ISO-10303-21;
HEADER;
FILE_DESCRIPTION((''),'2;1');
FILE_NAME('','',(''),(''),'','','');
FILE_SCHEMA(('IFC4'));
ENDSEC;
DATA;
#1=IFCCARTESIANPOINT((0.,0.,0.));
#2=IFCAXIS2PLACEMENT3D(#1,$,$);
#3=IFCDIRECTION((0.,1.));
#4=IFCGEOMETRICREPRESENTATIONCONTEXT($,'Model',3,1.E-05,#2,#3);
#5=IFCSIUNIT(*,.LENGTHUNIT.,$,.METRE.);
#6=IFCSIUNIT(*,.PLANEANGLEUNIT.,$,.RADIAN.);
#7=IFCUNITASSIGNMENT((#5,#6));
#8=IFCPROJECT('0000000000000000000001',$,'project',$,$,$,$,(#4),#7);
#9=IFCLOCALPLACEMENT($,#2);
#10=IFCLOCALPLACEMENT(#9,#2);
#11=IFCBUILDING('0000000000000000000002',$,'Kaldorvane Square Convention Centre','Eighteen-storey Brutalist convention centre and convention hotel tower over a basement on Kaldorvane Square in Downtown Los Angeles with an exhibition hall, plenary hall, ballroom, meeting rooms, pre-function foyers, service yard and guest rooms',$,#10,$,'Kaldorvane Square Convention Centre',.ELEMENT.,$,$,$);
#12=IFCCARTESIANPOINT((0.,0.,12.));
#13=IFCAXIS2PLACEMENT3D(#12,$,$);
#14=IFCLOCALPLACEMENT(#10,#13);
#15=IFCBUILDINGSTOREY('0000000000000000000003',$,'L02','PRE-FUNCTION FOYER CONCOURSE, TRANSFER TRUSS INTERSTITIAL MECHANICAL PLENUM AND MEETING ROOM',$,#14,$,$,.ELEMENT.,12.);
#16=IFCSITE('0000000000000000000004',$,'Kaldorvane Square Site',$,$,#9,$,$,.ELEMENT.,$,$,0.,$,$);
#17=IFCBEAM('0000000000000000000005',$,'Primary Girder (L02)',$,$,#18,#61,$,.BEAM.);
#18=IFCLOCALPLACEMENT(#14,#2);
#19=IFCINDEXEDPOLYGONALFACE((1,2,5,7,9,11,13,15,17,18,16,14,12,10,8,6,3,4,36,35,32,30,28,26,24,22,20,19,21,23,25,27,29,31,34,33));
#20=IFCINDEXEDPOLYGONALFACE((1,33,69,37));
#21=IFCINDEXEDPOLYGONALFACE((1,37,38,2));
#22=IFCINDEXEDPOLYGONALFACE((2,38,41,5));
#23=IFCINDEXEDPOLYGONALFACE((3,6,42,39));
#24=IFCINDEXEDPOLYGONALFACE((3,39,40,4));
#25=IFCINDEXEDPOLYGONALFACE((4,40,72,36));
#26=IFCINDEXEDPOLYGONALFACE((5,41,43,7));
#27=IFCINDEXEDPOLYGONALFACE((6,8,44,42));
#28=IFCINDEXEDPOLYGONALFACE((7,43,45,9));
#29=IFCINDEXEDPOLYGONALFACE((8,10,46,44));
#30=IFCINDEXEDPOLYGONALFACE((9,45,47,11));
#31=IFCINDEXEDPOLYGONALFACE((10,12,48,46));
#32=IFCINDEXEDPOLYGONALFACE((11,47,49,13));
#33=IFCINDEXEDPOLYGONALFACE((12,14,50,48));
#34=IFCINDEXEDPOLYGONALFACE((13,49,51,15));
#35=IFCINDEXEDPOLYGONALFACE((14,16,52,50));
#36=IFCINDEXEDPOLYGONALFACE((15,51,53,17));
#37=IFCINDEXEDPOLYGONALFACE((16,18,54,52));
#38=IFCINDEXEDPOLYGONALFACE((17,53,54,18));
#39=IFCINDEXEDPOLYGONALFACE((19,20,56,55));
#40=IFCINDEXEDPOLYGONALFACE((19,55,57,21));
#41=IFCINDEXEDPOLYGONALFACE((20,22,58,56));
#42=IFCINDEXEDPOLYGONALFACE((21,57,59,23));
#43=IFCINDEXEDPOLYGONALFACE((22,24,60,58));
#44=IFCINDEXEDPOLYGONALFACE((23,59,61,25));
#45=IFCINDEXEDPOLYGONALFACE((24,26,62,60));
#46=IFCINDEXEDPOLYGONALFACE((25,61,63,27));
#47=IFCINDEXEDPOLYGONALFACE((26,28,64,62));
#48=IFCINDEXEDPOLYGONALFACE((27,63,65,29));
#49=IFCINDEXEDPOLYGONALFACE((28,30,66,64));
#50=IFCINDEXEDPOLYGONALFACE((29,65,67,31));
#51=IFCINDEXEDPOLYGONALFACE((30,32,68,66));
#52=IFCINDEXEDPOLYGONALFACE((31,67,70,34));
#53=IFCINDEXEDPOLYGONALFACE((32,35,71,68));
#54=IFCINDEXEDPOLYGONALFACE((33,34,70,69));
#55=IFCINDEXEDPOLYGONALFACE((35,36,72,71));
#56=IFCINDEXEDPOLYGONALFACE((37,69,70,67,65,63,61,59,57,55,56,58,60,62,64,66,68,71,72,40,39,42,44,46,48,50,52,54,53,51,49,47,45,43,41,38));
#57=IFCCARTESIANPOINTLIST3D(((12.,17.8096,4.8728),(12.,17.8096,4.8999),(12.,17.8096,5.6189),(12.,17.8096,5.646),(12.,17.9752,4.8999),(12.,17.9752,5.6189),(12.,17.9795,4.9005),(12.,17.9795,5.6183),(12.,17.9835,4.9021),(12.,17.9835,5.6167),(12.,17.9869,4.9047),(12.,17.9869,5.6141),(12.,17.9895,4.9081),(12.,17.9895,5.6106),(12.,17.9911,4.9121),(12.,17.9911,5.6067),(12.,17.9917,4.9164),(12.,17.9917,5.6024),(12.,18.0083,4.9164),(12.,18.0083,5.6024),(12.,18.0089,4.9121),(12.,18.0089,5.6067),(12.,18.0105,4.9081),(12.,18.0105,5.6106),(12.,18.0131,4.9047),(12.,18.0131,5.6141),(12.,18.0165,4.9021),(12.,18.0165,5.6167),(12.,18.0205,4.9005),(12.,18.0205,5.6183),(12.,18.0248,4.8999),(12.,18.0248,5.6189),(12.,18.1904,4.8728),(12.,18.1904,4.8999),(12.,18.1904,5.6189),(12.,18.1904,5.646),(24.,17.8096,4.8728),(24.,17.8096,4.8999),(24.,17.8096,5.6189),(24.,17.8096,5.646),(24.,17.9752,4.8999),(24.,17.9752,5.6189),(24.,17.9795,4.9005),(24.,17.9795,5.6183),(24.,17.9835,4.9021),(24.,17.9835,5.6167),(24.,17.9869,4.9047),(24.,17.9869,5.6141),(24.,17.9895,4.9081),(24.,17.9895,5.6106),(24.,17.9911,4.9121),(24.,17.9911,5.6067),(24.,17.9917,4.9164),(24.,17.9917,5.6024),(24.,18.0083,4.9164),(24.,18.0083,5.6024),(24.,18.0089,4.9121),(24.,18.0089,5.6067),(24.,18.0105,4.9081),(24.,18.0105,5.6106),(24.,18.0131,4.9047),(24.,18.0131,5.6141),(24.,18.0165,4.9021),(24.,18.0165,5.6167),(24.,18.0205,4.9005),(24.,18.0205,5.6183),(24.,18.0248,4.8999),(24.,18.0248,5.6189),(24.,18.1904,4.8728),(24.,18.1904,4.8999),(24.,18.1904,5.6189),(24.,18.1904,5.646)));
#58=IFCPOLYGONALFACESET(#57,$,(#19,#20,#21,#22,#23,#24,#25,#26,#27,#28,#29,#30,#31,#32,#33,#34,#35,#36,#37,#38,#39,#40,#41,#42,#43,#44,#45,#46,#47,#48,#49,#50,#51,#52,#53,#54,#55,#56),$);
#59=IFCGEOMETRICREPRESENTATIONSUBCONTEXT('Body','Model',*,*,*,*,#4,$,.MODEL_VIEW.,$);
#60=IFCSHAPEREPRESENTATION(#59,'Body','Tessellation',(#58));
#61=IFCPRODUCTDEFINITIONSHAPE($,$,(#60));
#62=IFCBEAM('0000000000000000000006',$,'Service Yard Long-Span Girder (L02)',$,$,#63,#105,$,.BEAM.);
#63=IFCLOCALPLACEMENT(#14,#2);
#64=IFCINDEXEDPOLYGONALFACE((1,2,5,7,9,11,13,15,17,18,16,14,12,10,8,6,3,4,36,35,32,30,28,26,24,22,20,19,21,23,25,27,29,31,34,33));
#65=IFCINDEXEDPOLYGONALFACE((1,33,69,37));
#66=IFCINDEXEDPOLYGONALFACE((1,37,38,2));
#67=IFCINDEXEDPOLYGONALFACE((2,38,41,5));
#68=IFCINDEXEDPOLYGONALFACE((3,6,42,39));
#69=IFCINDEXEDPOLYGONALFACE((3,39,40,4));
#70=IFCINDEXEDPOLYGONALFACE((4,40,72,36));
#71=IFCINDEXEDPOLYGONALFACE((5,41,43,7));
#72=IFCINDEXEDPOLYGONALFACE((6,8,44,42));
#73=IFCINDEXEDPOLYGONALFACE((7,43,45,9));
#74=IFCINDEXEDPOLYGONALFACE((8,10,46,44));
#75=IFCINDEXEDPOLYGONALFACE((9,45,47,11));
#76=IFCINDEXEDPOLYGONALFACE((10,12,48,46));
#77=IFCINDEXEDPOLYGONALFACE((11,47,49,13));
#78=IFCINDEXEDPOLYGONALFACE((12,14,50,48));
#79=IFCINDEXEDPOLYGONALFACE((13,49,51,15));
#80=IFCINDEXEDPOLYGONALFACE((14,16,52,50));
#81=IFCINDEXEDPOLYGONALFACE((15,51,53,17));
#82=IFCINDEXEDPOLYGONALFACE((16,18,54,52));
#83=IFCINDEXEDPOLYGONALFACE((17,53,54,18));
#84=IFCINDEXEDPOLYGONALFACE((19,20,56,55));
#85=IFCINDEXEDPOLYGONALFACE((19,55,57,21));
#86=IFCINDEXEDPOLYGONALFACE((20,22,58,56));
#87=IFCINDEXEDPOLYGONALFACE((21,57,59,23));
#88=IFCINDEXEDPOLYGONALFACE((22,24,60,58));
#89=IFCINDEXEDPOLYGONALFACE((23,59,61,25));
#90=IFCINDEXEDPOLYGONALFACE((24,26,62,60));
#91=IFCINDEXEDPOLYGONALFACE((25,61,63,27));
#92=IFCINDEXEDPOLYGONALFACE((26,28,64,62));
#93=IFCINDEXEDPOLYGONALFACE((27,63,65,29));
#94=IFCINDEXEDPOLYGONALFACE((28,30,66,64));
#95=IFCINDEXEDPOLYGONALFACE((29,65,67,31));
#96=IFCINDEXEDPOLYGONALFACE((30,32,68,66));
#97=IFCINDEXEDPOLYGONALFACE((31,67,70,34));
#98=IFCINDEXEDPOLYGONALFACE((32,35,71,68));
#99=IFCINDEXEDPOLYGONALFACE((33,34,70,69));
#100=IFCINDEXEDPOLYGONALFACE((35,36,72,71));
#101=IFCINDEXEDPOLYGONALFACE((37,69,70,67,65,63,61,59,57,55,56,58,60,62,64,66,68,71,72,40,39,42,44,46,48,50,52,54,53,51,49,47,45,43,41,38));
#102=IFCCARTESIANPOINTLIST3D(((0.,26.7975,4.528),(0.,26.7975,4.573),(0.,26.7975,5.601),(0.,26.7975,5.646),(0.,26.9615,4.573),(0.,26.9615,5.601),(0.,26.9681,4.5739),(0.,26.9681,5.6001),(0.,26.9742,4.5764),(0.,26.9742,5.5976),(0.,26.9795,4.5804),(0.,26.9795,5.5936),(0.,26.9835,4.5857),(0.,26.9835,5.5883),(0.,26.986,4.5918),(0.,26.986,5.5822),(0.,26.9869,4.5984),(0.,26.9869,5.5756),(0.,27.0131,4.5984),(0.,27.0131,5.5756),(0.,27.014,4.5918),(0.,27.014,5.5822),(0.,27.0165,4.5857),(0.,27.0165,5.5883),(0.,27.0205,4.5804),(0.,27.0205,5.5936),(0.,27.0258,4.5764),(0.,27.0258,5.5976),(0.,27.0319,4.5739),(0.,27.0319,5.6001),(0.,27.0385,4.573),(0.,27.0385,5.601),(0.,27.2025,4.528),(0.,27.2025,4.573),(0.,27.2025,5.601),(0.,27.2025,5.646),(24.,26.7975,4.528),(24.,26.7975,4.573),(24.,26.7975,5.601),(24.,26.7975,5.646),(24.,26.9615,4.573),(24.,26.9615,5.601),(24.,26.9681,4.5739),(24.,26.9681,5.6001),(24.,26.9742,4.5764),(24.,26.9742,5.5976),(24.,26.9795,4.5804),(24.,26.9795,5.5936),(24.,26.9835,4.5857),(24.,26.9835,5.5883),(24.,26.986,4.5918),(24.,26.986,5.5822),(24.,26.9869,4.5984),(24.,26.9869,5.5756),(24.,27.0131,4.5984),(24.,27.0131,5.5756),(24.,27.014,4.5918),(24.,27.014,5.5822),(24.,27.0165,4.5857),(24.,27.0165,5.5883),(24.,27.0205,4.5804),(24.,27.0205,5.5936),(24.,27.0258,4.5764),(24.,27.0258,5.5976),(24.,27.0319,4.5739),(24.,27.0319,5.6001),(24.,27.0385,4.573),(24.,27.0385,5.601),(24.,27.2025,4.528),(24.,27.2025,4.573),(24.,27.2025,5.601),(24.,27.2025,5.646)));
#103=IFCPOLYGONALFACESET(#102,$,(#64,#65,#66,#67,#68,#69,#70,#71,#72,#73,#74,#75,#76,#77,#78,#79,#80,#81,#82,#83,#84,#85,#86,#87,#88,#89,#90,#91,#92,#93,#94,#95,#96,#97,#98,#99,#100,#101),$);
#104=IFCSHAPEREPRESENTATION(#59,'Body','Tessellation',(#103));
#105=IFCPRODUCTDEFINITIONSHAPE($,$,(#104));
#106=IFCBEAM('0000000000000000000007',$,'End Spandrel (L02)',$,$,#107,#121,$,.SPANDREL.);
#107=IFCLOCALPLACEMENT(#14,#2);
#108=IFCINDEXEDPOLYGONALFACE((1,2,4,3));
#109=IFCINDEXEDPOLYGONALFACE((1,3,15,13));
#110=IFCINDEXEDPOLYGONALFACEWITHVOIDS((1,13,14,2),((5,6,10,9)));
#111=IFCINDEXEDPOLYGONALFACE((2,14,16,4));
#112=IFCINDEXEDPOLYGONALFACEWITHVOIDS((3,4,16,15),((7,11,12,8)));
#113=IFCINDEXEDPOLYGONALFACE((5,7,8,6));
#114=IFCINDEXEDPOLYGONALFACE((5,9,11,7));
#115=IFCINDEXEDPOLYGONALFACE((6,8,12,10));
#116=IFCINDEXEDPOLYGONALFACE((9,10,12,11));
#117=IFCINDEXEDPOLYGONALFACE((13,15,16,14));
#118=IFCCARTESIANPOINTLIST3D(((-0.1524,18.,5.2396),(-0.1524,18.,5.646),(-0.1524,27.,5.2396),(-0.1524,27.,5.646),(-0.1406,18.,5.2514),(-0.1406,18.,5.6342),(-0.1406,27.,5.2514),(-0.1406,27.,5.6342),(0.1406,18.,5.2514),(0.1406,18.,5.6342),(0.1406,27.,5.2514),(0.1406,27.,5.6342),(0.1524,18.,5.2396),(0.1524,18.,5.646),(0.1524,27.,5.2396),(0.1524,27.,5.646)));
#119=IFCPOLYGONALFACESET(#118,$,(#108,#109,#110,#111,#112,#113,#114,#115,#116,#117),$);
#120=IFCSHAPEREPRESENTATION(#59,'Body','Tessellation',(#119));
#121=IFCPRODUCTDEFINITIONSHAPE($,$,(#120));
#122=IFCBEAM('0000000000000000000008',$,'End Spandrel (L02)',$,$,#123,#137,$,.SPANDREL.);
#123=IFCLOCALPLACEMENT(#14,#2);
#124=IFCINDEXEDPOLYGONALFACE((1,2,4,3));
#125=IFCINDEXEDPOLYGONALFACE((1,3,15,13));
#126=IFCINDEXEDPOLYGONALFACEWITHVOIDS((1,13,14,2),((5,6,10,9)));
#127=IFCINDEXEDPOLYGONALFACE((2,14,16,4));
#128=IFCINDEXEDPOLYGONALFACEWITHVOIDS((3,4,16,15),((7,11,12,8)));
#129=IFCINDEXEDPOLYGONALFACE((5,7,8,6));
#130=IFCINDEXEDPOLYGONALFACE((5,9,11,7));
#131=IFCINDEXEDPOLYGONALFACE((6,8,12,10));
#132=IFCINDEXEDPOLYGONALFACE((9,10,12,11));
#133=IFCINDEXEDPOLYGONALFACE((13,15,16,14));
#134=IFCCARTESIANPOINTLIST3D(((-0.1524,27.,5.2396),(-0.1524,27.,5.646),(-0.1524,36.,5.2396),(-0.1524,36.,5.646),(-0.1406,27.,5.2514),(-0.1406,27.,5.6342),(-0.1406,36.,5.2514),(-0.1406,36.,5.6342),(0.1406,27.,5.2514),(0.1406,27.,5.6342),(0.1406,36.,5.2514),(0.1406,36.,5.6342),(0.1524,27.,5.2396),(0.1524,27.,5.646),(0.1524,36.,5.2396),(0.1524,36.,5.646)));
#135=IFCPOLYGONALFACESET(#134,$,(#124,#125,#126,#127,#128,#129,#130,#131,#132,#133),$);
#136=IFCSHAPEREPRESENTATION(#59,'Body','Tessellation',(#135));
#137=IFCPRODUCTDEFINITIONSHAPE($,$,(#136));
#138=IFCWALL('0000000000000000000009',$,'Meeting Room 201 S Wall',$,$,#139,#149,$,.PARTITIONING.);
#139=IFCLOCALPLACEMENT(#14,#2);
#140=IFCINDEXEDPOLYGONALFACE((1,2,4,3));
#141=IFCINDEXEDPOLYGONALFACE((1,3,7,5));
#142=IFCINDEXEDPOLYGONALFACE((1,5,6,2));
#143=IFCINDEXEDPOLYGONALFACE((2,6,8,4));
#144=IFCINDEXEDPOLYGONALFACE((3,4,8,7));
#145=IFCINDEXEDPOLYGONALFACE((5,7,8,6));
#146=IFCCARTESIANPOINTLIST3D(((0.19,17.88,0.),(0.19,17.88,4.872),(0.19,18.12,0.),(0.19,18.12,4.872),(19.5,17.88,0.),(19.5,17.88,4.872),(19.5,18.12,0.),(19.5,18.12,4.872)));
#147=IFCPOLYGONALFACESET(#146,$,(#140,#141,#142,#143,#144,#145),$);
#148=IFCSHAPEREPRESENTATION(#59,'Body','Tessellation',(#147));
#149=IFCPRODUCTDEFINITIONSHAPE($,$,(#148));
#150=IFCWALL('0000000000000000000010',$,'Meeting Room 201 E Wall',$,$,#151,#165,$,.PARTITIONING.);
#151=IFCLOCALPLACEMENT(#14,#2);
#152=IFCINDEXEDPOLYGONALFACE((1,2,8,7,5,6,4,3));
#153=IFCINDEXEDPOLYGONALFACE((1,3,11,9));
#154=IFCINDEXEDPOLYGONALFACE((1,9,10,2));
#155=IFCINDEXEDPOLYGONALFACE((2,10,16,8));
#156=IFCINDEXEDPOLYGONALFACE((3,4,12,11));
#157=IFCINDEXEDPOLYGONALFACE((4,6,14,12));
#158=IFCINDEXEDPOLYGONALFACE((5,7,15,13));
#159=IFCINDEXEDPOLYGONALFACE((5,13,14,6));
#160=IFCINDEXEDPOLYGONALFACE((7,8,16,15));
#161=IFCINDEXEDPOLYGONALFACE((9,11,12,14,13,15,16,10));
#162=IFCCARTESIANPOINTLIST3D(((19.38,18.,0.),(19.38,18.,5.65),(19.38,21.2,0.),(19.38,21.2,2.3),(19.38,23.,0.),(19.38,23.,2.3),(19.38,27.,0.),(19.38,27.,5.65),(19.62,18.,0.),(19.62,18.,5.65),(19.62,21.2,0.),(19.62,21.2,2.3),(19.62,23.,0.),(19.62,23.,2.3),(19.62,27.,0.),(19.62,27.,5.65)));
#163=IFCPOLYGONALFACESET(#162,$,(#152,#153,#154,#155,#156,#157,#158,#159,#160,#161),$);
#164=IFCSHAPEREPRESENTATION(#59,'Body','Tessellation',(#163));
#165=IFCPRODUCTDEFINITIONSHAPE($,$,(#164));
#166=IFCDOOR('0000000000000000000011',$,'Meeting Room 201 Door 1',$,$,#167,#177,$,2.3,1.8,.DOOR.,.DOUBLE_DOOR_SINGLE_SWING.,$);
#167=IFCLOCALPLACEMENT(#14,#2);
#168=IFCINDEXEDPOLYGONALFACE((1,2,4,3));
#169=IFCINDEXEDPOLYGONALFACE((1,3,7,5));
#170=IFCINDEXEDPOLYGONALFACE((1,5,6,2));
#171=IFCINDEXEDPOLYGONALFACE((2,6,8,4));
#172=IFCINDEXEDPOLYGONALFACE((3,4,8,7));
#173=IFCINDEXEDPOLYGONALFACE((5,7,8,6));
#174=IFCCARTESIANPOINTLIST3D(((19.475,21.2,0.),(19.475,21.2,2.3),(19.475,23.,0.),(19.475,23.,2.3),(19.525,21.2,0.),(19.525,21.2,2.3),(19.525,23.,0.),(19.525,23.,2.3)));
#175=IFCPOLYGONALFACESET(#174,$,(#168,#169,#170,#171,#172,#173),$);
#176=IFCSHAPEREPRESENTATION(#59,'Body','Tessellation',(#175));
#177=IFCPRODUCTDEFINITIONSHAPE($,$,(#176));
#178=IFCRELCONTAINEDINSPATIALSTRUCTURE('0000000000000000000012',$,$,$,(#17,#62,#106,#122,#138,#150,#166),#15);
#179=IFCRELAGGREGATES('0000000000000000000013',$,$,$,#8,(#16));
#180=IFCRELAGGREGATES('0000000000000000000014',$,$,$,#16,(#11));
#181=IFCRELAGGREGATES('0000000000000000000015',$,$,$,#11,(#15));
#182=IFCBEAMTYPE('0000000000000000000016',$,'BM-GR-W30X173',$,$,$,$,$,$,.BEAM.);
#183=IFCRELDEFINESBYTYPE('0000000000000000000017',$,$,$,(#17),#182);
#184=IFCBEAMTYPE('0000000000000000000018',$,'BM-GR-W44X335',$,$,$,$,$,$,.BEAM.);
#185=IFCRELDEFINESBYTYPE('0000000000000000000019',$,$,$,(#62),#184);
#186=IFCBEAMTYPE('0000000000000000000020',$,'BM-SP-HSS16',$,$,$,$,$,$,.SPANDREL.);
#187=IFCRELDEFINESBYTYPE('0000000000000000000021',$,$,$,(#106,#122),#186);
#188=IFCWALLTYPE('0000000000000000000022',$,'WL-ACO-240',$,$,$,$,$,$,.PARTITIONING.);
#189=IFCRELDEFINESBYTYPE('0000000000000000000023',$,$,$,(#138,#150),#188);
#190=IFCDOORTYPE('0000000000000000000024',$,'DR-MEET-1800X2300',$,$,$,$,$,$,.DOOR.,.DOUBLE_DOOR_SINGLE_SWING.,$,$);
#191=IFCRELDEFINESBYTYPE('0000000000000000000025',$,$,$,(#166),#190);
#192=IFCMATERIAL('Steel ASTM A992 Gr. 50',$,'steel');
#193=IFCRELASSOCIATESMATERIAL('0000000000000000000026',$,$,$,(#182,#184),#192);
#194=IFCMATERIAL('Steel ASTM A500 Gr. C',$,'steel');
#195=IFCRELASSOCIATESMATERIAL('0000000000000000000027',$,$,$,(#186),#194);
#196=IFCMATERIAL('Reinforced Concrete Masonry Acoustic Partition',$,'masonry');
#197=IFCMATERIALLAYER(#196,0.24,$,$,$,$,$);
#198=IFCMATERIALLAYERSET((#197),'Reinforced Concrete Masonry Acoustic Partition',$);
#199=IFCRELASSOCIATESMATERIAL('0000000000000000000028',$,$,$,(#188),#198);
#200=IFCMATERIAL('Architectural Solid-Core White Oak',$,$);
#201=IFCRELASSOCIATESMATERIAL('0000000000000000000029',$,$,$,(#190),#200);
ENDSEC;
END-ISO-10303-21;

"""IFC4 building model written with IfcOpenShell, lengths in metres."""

from ifc_helpers import new_model, si_unit, direction, frame, frame_2d, origin, origin_2d, place, context, subcontext, project, spatial, rectangle, hollow_rectangle, i_section, extrude, material, layer, layer_set, material_profile, profile_set, type_object, element, fill, save


model = new_model("IFC4")

# Units and contexts
model_context = context("Model", 3, precision=1e-05, world=origin(), true_north=direction((0.0, 1.0)))
body_context = subcontext(model_context, "Body", "Model", "MODEL_VIEW")
ifc_project = project(units=[si_unit("LENGTHUNIT", "METRE"), si_unit("PLANEANGLEUNIT", "RADIAN")], contexts=[model_context])

# Site, building, storey
site_placement = place(None, origin())
site = spatial("IfcSite", under=ifc_project, at=site_placement, Name="Kaldorvane Square Site", CompositionType="ELEMENT", RefElevation=0.0)
building_placement = place(site_placement, origin())
building = spatial("IfcBuilding", under=site, at=building_placement, Name="Kaldorvane Square Convention Centre", Description="Eighteen-storey Brutalist convention centre and convention hotel tower over a basement on Kaldorvane Square in Downtown Los Angeles with an exhibition hall, plenary hall, ballroom, meeting rooms, pre-function foyers, service yard and guest rooms", LongName="Kaldorvane Square Convention Centre", CompositionType="ELEMENT")
storey_placement = place(building_placement, frame((0.0, 0.0, 12.0)))
storey = spatial("IfcBuildingStorey", under=building, at=storey_placement, Name="L02", Description="PRE-FUNCTION FOYER CONCOURSE, TRANSFER TRUSS INTERSTITIAL MECHANICAL PLENUM AND MEETING ROOM", CompositionType="ELEMENT", Elevation=12.0)

# Shared definitions
ifc_material_1 = material(Name="Steel ASTM A500 Gr. C", Category="steel")
ifc_material_2 = material(Name="Steel ASTM A992 Gr. 50", Category="steel")

# Beams
ifc_material_profile_1 = material_profile(ifc_material_2, i_section(OverallWidth=0.3807, OverallDepth=0.7732, WebThickness=0.0166, FlangeThickness=0.0271, FilletRadius=0.0165, at=origin_2d()), Name="W30X173")
ifc_profile_set_1 = profile_set([ifc_material_profile_1], Name="Steel ASTM A992 Gr. 50")
beam_type_1 = type_object("IfcBeamType", Name="BM-GR-W30X173", PredefinedType="BEAM", material=ifc_profile_set_1)
beam_1_placement = place(storey_placement, frame((12.0, 18.0, 5.2594), z_axis=(1.0, 0.0, 0.0), x_axis=(0.0, 1.0, 0.0)))
element("IfcBeam", 1, at=beam_1_placement, inside=storey, type_object=beam_type_1, Name="Primary Girder (L02)", PredefinedType="BEAM", context=body_context, shape_type="SweptSolid", body=[
    extrude(i_section(OverallWidth=0.3807, OverallDepth=0.7732, WebThickness=0.0166, FlangeThickness=0.0271, FilletRadius=0.0165, at=origin_2d()), origin(), (0.0, 0.0, 1.0), 12.0),
])
ifc_material_profile_2 = material_profile(ifc_material_2, i_section(OverallWidth=0.405, OverallDepth=1.118, WebThickness=0.0262, FlangeThickness=0.045, FilletRadius=0.0254, at=origin_2d()), Name="W44X335")
ifc_profile_set_2 = profile_set([ifc_material_profile_2], Name="Steel ASTM A992 Gr. 50")
beam_type_2 = type_object("IfcBeamType", Name="BM-GR-W44X335", PredefinedType="BEAM", material=ifc_profile_set_2)
beam_2_placement = place(storey_placement, frame((0.0, 27.0, 5.087), z_axis=(1.0, 0.0, 0.0), x_axis=(0.0, 1.0, 0.0)))
element("IfcBeam", 2, at=beam_2_placement, inside=storey, type_object=beam_type_2, Name="Service Yard Long-Span Girder (L02)", PredefinedType="BEAM", context=body_context, shape_type="SweptSolid", body=[
    extrude(i_section(OverallWidth=0.405, OverallDepth=1.118, WebThickness=0.0262, FlangeThickness=0.045, FilletRadius=0.0254, at=origin_2d()), origin(), (0.0, 0.0, 1.0), 24.0),
])
ifc_material_profile_3 = material_profile(ifc_material_1, hollow_rectangle(XDim=0.3048, YDim=0.4064, WallThickness=0.0118, at=origin_2d()), Name="HSS16X12X1/2")
ifc_profile_set_3 = profile_set([ifc_material_profile_3], Name="Steel ASTM A500 Gr. C")
beam_type_3 = type_object("IfcBeamType", Name="BM-SP-HSS16", PredefinedType="SPANDREL", material=ifc_profile_set_3)
for number, where, z_axis, x_axis, name in (
    (3, (0.0, 18.0, 5.4428), (0.0, 1.0, 0.0), (-1.0, 0.0, 0.0), "End Spandrel (L02)"),
    (4, (0.0, 27.0, 5.4428), (0.0, 1.0, 0.0), (-1.0, 0.0, 0.0), "End Spandrel (L02)"),
):
    element("IfcBeam", number, at=place(storey_placement, frame(where, z_axis=z_axis, x_axis=x_axis)), inside=storey, type_object=beam_type_3, Name=name, PredefinedType="SPANDREL", context=body_context, shape_type="SweptSolid", body=[
        extrude(hollow_rectangle(XDim=0.3048, YDim=0.4064, WallThickness=0.0118, at=origin_2d()), origin(), (0.0, 0.0, 1.0), 9.0),
    ])

# Wall
ifc_material_3 = material(Name="Reinforced Concrete Masonry Acoustic Partition", Category="masonry")
ifc_layer_1 = layer(ifc_material_3, 0.24)
ifc_layer_set_1 = layer_set([ifc_layer_1], Name="Reinforced Concrete Masonry Acoustic Partition")
wall_type_1 = type_object("IfcWallType", Name="WL-ACO-240", PredefinedType="PARTITIONING", material=ifc_layer_set_1)
wall_1_placement = place(storey_placement, frame((0.19, 18.0, 0.0), z_axis=(0.0, 0.0, 1.0), x_axis=(1.0, 0.0, 0.0)))
element("IfcWall", 5, at=wall_1_placement, inside=storey, type_object=wall_type_1, Name="Meeting Room 201 S Wall", PredefinedType="PARTITIONING", context=body_context, shape_type="SweptSolid", body=[
    extrude(rectangle(XDim=19.31, YDim=0.24, at=frame_2d((9.655, 0.0))), origin(), (0.0, 0.0, 1.0), 4.872),
])

# Wall, opening, door
wall_2_placement = place(storey_placement, frame((19.5, 18.0, 0.0), z_axis=(0.0, 0.0, 1.0), x_axis=(0.0, 1.0, 0.0)))
wall_2 = element("IfcWall", 6, at=wall_2_placement, inside=storey, type_object=wall_type_1, Name="Meeting Room 201 E Wall", PredefinedType="PARTITIONING", context=body_context, shape_type="SweptSolid", body=[
    extrude(rectangle(XDim=9.0, YDim=0.24, at=frame_2d((4.5, 0.0))), origin(), (0.0, 0.0, 1.0), 5.65),
])
opening_1_placement = place(wall_2_placement, frame((3.2, 0.0, 0.0)))
opening_1 = element("IfcOpeningElement", 7, at=opening_1_placement, cuts=wall_2, PredefinedType="OPENING", context=body_context, shape_type="SweptSolid", body=[
    extrude(rectangle(XDim=1.8, YDim=2.3, at=frame_2d((0.9, 1.15))), frame((0.0, 0.135, 0.0), z_axis=(0.0, -1.0, 0.0), x_axis=(1.0, 0.0, 0.0)), (0.0, 0.0, 1.0), 0.27),
])
ifc_material_4 = material(Name="Architectural Solid-Core White Oak")
door_type_1 = type_object("IfcDoorType", Name="DR-MEET-1800X2300", OperationType="DOUBLE_DOOR_SINGLE_SWING", PredefinedType="DOOR", material=ifc_material_4)
door_1_placement = place(opening_1_placement, origin())
door_1 = element("IfcDoor", 8, at=door_1_placement, inside=storey, type_object=door_type_1, Name="Meeting Room 201 Door 1", OperationType="DOUBLE_DOOR_SINGLE_SWING", OverallHeight=2.3, OverallWidth=1.8, PredefinedType="DOOR", context=body_context, shape_type="SweptSolid", body=[
    extrude(rectangle(XDim=1.8, YDim=2.3, at=frame_2d((0.9, 1.15))), frame((0.0, 0.025, 0.0), z_axis=(0.0, -1.0, 0.0), x_axis=(1.0, 0.0, 0.0)), (0.0, 0.0, 1.0), 0.05),
])
fill(opening_1, door_1)

save(model, "model.ifc")
